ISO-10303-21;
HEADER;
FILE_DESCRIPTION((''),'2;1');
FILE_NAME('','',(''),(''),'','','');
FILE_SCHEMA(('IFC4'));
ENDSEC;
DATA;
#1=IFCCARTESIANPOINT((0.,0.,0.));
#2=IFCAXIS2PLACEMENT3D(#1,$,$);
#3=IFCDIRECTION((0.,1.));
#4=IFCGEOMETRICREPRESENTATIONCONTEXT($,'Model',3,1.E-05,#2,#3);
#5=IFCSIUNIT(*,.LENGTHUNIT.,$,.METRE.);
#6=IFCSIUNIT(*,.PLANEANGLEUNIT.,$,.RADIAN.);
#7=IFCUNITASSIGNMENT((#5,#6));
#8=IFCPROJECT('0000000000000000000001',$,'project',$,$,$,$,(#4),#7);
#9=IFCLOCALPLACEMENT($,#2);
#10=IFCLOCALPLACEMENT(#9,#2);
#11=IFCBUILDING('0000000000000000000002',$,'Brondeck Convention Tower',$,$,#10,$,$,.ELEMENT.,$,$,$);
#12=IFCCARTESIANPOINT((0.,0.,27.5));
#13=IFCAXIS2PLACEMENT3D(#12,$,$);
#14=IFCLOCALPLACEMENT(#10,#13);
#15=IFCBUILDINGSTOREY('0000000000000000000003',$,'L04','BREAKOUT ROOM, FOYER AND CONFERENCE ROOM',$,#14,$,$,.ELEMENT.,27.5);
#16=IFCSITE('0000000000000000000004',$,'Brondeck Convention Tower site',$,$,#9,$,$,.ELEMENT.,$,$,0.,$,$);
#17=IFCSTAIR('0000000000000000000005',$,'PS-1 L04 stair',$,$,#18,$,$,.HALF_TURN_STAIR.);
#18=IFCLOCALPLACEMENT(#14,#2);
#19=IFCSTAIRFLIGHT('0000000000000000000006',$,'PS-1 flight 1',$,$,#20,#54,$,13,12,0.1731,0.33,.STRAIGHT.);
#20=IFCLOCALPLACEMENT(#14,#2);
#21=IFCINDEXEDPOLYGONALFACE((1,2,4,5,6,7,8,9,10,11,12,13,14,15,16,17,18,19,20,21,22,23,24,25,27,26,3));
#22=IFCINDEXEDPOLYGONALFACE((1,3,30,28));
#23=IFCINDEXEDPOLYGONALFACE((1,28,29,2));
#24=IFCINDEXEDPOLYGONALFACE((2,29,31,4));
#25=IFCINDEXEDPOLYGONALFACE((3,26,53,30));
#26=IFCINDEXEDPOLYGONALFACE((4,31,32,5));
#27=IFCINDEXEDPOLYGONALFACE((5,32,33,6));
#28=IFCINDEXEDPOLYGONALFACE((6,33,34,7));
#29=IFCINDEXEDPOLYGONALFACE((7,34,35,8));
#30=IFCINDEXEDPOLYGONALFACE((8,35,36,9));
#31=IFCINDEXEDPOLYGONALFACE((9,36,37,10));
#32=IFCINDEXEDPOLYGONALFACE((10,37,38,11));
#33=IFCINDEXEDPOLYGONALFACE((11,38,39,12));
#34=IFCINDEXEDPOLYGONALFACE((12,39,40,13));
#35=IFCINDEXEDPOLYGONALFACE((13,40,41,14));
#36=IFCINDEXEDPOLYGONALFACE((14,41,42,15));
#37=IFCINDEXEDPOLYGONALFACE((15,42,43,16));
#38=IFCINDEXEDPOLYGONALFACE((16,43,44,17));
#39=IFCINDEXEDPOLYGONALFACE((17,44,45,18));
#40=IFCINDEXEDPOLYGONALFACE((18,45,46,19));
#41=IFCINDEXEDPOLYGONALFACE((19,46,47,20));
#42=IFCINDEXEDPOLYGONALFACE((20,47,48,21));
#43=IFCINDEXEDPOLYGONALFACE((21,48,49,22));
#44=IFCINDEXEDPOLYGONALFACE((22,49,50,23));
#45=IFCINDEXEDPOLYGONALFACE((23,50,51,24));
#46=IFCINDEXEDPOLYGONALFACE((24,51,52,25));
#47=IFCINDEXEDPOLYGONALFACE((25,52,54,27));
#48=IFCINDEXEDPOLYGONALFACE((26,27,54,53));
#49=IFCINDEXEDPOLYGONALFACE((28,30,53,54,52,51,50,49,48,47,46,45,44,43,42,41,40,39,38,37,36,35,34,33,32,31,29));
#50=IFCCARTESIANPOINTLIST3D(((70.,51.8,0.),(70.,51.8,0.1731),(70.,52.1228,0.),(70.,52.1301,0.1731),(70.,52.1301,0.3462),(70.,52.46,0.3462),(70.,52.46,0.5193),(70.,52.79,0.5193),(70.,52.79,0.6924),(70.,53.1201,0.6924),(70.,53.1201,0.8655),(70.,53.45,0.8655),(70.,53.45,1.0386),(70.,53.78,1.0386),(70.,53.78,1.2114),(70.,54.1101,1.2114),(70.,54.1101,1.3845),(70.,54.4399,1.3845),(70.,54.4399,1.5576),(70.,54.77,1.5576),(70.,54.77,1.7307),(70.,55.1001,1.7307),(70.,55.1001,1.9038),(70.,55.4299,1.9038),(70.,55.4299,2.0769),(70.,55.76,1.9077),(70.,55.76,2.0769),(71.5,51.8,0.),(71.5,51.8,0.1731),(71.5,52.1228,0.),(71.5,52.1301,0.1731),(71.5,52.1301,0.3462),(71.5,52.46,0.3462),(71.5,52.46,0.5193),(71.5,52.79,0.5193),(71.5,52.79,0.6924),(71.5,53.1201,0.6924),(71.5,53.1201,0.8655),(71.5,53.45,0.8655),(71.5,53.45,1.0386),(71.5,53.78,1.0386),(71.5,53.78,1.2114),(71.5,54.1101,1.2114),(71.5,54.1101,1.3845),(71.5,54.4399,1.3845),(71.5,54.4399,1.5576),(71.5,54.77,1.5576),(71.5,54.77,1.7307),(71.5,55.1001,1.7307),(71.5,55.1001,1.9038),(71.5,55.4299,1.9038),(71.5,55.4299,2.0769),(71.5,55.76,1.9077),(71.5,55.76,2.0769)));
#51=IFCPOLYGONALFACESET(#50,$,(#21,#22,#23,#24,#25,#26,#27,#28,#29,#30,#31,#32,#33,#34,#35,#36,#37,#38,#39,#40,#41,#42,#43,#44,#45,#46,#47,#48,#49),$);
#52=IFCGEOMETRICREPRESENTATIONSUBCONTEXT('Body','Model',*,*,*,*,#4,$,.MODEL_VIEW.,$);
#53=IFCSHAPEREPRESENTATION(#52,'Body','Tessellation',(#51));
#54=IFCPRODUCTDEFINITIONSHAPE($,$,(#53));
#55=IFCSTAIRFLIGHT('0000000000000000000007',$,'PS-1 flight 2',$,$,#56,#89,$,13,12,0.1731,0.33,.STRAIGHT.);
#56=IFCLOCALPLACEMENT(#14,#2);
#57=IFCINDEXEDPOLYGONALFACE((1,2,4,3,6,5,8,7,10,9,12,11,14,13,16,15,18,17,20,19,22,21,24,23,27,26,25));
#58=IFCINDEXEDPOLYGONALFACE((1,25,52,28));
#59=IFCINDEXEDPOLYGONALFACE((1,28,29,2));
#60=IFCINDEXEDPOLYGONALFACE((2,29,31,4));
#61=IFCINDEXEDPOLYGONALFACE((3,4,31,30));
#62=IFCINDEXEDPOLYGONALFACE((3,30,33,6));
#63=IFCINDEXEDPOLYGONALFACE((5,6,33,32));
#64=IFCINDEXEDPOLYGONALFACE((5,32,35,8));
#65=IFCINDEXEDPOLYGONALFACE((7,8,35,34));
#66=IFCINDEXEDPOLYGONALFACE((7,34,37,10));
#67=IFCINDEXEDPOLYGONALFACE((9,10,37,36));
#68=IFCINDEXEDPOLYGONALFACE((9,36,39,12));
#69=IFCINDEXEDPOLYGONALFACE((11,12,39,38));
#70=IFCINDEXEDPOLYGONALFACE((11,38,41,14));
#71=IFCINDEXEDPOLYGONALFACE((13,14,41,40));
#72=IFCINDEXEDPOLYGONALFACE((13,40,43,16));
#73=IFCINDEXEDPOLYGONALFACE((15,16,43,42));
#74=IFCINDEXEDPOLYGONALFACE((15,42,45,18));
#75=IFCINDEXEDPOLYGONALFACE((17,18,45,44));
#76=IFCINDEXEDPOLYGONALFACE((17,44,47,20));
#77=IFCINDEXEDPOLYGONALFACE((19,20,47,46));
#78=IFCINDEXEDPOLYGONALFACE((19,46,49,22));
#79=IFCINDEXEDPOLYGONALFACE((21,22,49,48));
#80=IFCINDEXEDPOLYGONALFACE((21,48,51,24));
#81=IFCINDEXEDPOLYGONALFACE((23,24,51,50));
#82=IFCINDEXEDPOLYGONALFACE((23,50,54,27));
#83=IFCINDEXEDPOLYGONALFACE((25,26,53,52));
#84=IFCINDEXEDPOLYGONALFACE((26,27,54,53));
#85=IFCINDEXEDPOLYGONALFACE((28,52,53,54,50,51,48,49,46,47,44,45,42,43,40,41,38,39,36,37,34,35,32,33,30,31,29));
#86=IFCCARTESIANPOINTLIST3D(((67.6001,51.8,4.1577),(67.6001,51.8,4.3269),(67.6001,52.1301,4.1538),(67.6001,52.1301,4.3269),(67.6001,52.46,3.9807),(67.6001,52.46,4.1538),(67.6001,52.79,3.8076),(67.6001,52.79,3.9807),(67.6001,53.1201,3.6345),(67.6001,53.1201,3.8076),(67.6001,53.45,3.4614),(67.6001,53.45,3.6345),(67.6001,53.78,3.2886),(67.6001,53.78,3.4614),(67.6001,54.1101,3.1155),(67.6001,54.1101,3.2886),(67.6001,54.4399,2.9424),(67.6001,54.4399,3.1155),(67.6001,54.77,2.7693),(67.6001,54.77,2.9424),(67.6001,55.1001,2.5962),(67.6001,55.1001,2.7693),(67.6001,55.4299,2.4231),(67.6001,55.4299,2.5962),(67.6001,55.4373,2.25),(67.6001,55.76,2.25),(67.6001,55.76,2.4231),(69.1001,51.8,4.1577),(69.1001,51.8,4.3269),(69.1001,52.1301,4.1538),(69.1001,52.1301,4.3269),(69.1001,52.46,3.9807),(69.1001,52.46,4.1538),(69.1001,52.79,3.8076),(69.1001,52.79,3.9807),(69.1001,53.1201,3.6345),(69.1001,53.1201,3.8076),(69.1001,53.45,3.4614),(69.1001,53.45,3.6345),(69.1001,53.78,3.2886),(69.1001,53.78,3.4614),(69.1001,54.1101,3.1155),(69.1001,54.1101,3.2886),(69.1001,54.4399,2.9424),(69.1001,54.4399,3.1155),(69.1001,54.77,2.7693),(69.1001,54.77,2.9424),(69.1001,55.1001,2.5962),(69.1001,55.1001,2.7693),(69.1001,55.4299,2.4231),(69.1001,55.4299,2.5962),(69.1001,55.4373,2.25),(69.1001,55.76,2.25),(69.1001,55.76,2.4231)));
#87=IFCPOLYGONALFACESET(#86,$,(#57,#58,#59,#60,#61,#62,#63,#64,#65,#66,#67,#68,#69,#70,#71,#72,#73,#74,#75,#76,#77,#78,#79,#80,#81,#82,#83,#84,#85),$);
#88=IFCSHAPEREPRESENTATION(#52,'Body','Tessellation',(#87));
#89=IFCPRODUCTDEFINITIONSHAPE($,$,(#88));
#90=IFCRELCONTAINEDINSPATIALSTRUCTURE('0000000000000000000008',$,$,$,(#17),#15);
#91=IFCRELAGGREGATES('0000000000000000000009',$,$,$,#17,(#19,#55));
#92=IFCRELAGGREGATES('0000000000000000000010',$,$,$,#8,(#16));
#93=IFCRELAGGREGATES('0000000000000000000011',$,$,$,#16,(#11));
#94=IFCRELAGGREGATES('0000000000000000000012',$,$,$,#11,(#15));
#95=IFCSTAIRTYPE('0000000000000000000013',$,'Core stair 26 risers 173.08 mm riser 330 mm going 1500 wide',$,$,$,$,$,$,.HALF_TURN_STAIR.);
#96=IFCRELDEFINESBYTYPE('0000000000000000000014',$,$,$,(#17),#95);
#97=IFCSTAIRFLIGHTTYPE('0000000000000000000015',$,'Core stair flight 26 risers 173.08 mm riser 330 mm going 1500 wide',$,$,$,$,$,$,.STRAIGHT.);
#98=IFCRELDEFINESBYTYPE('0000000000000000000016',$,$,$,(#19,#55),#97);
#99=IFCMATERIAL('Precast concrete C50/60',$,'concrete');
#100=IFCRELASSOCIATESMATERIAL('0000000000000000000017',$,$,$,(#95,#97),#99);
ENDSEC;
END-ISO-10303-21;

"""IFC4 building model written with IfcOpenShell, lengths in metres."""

from ifc_helpers import new_model, si_unit, direction, frame, origin, place, context, subcontext, project, spatial, polyline, outline, extrude, material, type_object, element, aggregate, save


model = new_model("IFC4")

# Units and contexts
model_context = context("Model", 3, precision=1e-05, world=origin(), true_north=direction((0.0, 1.0)))
body_context = subcontext(model_context, "Body", "Model", "MODEL_VIEW")
ifc_project = project(units=[si_unit("LENGTHUNIT", "METRE"), si_unit("PLANEANGLEUNIT", "RADIAN")], contexts=[model_context])

# Site, building, storey
site_placement = place(None, origin())
site = spatial("IfcSite", under=ifc_project, at=site_placement, Name="Brondeck Convention Tower site", CompositionType="ELEMENT", RefElevation=0.0)
building_placement = place(site_placement, origin())
building = spatial("IfcBuilding", under=site, at=building_placement, Name="Brondeck Convention Tower", CompositionType="ELEMENT")
storey_placement = place(building_placement, frame((0.0, 0.0, 27.5)))
storey = spatial("IfcBuildingStorey", under=building, at=storey_placement, Name="L04", Description="BREAKOUT ROOM, FOYER AND CONFERENCE ROOM", CompositionType="ELEMENT", Elevation=27.5)

# Stair, stair flights
ifc_material_1 = material(Name="Precast concrete C50/60", Category="concrete")
stair_type = type_object("IfcStairType", Name="Core stair 26 risers 173.08 mm riser 330 mm going 1500 wide", PredefinedType="HALF_TURN_STAIR", material=ifc_material_1)
stair_placement = place(storey_placement, origin())
stair = element("IfcStair", 1, at=stair_placement, inside=storey, type_object=stair_type, Name="PS-1 L04 stair", PredefinedType="HALF_TURN_STAIR")
stair_flight_type = type_object("IfcStairFlightType", Name="Core stair flight 26 risers 173.08 mm riser 330 mm going 1500 wide", PredefinedType="STRAIGHT", material=ifc_material_1)
stair_flight_1_placement = place(storey_placement, frame((70.75, 51.8, 0.0), z_axis=(0.0, 0.0, 1.0), x_axis=(0.0, 1.0, 0.0)))
stair_flight_1 = element("IfcStairFlight", 2, at=stair_flight_1_placement, type_object=stair_flight_type, Name="PS-1 flight 1", NumberOfRisers=13, NumberOfTreads=12, PredefinedType="STRAIGHT", RiserHeight=0.1731, TreadLength=0.33, context=body_context, shape_type="SweptSolid", body=[
    extrude(outline(polyline([(0.0, 0.0), (0.0, 0.1731), (0.3301, 0.1731), (0.3301, 0.3462), (0.6599, 0.3462), (0.6599, 0.5193), (0.99, 0.5193), (0.99, 0.6924), (1.3201, 0.6924), (1.3201, 0.8655), (1.6499, 0.8655), (1.6499, 1.0386), (1.98, 1.0386), (1.98, 1.2114), (2.3101, 1.2114), (2.3101, 1.3845), (2.6399, 1.3845), (2.6399, 1.5576), (2.97, 1.5576), (2.97, 1.7307), (3.3, 1.7307), (3.3, 1.9038), (3.6299, 1.9038), (3.6299, 2.0769), (3.96, 2.0769), (3.96, 2.25), (3.96, 1.9077), (0.3228, 0.0), (0.0, 0.0)])), frame((0.0, 0.75, 0.0), z_axis=(0.0, -1.0, 0.0), x_axis=(1.0, 0.0, 0.0)), (0.0, 0.0, 1.0), 1.5),
])
stair_flight_2_placement = place(storey_placement, frame((68.3501, 55.76, 2.25), z_axis=(0.0, 0.0, 1.0), x_axis=(0.0, -1.0, 0.0)))
stair_flight_2 = element("IfcStairFlight", 3, at=stair_flight_2_placement, type_object=stair_flight_type, Name="PS-1 flight 2", NumberOfRisers=13, NumberOfTreads=12, PredefinedType="STRAIGHT", RiserHeight=0.1731, TreadLength=0.33, context=body_context, shape_type="SweptSolid", body=[
    extrude(outline(polyline([(0.0, 0.0), (0.0, 0.1731), (0.3301, 0.1731), (0.3301, 0.3462), (0.6599, 0.3462), (0.6599, 0.5193), (0.99, 0.5193), (0.99, 0.6924), (1.3201, 0.6924), (1.3201, 0.8655), (1.6499, 0.8655), (1.6499, 1.0386), (1.98, 1.0386), (1.98, 1.2114), (2.3101, 1.2114), (2.3101, 1.3845), (2.6399, 1.3845), (2.6399, 1.5576), (2.97, 1.5576), (2.97, 1.7307), (3.3, 1.7307), (3.3, 1.9038), (3.6299, 1.9038), (3.6299, 2.0769), (3.96, 2.0769), (3.96, 2.25), (3.96, 1.9077), (0.3228, 0.0), (0.0, 0.0)])), frame((0.0, 0.75, 0.0), z_axis=(0.0, -1.0, 0.0), x_axis=(1.0, 0.0, 0.0)), (0.0, 0.0, 1.0), 1.5),
])
aggregate(stair, [stair_flight_1, stair_flight_2])

save(model, "model.ifc")
